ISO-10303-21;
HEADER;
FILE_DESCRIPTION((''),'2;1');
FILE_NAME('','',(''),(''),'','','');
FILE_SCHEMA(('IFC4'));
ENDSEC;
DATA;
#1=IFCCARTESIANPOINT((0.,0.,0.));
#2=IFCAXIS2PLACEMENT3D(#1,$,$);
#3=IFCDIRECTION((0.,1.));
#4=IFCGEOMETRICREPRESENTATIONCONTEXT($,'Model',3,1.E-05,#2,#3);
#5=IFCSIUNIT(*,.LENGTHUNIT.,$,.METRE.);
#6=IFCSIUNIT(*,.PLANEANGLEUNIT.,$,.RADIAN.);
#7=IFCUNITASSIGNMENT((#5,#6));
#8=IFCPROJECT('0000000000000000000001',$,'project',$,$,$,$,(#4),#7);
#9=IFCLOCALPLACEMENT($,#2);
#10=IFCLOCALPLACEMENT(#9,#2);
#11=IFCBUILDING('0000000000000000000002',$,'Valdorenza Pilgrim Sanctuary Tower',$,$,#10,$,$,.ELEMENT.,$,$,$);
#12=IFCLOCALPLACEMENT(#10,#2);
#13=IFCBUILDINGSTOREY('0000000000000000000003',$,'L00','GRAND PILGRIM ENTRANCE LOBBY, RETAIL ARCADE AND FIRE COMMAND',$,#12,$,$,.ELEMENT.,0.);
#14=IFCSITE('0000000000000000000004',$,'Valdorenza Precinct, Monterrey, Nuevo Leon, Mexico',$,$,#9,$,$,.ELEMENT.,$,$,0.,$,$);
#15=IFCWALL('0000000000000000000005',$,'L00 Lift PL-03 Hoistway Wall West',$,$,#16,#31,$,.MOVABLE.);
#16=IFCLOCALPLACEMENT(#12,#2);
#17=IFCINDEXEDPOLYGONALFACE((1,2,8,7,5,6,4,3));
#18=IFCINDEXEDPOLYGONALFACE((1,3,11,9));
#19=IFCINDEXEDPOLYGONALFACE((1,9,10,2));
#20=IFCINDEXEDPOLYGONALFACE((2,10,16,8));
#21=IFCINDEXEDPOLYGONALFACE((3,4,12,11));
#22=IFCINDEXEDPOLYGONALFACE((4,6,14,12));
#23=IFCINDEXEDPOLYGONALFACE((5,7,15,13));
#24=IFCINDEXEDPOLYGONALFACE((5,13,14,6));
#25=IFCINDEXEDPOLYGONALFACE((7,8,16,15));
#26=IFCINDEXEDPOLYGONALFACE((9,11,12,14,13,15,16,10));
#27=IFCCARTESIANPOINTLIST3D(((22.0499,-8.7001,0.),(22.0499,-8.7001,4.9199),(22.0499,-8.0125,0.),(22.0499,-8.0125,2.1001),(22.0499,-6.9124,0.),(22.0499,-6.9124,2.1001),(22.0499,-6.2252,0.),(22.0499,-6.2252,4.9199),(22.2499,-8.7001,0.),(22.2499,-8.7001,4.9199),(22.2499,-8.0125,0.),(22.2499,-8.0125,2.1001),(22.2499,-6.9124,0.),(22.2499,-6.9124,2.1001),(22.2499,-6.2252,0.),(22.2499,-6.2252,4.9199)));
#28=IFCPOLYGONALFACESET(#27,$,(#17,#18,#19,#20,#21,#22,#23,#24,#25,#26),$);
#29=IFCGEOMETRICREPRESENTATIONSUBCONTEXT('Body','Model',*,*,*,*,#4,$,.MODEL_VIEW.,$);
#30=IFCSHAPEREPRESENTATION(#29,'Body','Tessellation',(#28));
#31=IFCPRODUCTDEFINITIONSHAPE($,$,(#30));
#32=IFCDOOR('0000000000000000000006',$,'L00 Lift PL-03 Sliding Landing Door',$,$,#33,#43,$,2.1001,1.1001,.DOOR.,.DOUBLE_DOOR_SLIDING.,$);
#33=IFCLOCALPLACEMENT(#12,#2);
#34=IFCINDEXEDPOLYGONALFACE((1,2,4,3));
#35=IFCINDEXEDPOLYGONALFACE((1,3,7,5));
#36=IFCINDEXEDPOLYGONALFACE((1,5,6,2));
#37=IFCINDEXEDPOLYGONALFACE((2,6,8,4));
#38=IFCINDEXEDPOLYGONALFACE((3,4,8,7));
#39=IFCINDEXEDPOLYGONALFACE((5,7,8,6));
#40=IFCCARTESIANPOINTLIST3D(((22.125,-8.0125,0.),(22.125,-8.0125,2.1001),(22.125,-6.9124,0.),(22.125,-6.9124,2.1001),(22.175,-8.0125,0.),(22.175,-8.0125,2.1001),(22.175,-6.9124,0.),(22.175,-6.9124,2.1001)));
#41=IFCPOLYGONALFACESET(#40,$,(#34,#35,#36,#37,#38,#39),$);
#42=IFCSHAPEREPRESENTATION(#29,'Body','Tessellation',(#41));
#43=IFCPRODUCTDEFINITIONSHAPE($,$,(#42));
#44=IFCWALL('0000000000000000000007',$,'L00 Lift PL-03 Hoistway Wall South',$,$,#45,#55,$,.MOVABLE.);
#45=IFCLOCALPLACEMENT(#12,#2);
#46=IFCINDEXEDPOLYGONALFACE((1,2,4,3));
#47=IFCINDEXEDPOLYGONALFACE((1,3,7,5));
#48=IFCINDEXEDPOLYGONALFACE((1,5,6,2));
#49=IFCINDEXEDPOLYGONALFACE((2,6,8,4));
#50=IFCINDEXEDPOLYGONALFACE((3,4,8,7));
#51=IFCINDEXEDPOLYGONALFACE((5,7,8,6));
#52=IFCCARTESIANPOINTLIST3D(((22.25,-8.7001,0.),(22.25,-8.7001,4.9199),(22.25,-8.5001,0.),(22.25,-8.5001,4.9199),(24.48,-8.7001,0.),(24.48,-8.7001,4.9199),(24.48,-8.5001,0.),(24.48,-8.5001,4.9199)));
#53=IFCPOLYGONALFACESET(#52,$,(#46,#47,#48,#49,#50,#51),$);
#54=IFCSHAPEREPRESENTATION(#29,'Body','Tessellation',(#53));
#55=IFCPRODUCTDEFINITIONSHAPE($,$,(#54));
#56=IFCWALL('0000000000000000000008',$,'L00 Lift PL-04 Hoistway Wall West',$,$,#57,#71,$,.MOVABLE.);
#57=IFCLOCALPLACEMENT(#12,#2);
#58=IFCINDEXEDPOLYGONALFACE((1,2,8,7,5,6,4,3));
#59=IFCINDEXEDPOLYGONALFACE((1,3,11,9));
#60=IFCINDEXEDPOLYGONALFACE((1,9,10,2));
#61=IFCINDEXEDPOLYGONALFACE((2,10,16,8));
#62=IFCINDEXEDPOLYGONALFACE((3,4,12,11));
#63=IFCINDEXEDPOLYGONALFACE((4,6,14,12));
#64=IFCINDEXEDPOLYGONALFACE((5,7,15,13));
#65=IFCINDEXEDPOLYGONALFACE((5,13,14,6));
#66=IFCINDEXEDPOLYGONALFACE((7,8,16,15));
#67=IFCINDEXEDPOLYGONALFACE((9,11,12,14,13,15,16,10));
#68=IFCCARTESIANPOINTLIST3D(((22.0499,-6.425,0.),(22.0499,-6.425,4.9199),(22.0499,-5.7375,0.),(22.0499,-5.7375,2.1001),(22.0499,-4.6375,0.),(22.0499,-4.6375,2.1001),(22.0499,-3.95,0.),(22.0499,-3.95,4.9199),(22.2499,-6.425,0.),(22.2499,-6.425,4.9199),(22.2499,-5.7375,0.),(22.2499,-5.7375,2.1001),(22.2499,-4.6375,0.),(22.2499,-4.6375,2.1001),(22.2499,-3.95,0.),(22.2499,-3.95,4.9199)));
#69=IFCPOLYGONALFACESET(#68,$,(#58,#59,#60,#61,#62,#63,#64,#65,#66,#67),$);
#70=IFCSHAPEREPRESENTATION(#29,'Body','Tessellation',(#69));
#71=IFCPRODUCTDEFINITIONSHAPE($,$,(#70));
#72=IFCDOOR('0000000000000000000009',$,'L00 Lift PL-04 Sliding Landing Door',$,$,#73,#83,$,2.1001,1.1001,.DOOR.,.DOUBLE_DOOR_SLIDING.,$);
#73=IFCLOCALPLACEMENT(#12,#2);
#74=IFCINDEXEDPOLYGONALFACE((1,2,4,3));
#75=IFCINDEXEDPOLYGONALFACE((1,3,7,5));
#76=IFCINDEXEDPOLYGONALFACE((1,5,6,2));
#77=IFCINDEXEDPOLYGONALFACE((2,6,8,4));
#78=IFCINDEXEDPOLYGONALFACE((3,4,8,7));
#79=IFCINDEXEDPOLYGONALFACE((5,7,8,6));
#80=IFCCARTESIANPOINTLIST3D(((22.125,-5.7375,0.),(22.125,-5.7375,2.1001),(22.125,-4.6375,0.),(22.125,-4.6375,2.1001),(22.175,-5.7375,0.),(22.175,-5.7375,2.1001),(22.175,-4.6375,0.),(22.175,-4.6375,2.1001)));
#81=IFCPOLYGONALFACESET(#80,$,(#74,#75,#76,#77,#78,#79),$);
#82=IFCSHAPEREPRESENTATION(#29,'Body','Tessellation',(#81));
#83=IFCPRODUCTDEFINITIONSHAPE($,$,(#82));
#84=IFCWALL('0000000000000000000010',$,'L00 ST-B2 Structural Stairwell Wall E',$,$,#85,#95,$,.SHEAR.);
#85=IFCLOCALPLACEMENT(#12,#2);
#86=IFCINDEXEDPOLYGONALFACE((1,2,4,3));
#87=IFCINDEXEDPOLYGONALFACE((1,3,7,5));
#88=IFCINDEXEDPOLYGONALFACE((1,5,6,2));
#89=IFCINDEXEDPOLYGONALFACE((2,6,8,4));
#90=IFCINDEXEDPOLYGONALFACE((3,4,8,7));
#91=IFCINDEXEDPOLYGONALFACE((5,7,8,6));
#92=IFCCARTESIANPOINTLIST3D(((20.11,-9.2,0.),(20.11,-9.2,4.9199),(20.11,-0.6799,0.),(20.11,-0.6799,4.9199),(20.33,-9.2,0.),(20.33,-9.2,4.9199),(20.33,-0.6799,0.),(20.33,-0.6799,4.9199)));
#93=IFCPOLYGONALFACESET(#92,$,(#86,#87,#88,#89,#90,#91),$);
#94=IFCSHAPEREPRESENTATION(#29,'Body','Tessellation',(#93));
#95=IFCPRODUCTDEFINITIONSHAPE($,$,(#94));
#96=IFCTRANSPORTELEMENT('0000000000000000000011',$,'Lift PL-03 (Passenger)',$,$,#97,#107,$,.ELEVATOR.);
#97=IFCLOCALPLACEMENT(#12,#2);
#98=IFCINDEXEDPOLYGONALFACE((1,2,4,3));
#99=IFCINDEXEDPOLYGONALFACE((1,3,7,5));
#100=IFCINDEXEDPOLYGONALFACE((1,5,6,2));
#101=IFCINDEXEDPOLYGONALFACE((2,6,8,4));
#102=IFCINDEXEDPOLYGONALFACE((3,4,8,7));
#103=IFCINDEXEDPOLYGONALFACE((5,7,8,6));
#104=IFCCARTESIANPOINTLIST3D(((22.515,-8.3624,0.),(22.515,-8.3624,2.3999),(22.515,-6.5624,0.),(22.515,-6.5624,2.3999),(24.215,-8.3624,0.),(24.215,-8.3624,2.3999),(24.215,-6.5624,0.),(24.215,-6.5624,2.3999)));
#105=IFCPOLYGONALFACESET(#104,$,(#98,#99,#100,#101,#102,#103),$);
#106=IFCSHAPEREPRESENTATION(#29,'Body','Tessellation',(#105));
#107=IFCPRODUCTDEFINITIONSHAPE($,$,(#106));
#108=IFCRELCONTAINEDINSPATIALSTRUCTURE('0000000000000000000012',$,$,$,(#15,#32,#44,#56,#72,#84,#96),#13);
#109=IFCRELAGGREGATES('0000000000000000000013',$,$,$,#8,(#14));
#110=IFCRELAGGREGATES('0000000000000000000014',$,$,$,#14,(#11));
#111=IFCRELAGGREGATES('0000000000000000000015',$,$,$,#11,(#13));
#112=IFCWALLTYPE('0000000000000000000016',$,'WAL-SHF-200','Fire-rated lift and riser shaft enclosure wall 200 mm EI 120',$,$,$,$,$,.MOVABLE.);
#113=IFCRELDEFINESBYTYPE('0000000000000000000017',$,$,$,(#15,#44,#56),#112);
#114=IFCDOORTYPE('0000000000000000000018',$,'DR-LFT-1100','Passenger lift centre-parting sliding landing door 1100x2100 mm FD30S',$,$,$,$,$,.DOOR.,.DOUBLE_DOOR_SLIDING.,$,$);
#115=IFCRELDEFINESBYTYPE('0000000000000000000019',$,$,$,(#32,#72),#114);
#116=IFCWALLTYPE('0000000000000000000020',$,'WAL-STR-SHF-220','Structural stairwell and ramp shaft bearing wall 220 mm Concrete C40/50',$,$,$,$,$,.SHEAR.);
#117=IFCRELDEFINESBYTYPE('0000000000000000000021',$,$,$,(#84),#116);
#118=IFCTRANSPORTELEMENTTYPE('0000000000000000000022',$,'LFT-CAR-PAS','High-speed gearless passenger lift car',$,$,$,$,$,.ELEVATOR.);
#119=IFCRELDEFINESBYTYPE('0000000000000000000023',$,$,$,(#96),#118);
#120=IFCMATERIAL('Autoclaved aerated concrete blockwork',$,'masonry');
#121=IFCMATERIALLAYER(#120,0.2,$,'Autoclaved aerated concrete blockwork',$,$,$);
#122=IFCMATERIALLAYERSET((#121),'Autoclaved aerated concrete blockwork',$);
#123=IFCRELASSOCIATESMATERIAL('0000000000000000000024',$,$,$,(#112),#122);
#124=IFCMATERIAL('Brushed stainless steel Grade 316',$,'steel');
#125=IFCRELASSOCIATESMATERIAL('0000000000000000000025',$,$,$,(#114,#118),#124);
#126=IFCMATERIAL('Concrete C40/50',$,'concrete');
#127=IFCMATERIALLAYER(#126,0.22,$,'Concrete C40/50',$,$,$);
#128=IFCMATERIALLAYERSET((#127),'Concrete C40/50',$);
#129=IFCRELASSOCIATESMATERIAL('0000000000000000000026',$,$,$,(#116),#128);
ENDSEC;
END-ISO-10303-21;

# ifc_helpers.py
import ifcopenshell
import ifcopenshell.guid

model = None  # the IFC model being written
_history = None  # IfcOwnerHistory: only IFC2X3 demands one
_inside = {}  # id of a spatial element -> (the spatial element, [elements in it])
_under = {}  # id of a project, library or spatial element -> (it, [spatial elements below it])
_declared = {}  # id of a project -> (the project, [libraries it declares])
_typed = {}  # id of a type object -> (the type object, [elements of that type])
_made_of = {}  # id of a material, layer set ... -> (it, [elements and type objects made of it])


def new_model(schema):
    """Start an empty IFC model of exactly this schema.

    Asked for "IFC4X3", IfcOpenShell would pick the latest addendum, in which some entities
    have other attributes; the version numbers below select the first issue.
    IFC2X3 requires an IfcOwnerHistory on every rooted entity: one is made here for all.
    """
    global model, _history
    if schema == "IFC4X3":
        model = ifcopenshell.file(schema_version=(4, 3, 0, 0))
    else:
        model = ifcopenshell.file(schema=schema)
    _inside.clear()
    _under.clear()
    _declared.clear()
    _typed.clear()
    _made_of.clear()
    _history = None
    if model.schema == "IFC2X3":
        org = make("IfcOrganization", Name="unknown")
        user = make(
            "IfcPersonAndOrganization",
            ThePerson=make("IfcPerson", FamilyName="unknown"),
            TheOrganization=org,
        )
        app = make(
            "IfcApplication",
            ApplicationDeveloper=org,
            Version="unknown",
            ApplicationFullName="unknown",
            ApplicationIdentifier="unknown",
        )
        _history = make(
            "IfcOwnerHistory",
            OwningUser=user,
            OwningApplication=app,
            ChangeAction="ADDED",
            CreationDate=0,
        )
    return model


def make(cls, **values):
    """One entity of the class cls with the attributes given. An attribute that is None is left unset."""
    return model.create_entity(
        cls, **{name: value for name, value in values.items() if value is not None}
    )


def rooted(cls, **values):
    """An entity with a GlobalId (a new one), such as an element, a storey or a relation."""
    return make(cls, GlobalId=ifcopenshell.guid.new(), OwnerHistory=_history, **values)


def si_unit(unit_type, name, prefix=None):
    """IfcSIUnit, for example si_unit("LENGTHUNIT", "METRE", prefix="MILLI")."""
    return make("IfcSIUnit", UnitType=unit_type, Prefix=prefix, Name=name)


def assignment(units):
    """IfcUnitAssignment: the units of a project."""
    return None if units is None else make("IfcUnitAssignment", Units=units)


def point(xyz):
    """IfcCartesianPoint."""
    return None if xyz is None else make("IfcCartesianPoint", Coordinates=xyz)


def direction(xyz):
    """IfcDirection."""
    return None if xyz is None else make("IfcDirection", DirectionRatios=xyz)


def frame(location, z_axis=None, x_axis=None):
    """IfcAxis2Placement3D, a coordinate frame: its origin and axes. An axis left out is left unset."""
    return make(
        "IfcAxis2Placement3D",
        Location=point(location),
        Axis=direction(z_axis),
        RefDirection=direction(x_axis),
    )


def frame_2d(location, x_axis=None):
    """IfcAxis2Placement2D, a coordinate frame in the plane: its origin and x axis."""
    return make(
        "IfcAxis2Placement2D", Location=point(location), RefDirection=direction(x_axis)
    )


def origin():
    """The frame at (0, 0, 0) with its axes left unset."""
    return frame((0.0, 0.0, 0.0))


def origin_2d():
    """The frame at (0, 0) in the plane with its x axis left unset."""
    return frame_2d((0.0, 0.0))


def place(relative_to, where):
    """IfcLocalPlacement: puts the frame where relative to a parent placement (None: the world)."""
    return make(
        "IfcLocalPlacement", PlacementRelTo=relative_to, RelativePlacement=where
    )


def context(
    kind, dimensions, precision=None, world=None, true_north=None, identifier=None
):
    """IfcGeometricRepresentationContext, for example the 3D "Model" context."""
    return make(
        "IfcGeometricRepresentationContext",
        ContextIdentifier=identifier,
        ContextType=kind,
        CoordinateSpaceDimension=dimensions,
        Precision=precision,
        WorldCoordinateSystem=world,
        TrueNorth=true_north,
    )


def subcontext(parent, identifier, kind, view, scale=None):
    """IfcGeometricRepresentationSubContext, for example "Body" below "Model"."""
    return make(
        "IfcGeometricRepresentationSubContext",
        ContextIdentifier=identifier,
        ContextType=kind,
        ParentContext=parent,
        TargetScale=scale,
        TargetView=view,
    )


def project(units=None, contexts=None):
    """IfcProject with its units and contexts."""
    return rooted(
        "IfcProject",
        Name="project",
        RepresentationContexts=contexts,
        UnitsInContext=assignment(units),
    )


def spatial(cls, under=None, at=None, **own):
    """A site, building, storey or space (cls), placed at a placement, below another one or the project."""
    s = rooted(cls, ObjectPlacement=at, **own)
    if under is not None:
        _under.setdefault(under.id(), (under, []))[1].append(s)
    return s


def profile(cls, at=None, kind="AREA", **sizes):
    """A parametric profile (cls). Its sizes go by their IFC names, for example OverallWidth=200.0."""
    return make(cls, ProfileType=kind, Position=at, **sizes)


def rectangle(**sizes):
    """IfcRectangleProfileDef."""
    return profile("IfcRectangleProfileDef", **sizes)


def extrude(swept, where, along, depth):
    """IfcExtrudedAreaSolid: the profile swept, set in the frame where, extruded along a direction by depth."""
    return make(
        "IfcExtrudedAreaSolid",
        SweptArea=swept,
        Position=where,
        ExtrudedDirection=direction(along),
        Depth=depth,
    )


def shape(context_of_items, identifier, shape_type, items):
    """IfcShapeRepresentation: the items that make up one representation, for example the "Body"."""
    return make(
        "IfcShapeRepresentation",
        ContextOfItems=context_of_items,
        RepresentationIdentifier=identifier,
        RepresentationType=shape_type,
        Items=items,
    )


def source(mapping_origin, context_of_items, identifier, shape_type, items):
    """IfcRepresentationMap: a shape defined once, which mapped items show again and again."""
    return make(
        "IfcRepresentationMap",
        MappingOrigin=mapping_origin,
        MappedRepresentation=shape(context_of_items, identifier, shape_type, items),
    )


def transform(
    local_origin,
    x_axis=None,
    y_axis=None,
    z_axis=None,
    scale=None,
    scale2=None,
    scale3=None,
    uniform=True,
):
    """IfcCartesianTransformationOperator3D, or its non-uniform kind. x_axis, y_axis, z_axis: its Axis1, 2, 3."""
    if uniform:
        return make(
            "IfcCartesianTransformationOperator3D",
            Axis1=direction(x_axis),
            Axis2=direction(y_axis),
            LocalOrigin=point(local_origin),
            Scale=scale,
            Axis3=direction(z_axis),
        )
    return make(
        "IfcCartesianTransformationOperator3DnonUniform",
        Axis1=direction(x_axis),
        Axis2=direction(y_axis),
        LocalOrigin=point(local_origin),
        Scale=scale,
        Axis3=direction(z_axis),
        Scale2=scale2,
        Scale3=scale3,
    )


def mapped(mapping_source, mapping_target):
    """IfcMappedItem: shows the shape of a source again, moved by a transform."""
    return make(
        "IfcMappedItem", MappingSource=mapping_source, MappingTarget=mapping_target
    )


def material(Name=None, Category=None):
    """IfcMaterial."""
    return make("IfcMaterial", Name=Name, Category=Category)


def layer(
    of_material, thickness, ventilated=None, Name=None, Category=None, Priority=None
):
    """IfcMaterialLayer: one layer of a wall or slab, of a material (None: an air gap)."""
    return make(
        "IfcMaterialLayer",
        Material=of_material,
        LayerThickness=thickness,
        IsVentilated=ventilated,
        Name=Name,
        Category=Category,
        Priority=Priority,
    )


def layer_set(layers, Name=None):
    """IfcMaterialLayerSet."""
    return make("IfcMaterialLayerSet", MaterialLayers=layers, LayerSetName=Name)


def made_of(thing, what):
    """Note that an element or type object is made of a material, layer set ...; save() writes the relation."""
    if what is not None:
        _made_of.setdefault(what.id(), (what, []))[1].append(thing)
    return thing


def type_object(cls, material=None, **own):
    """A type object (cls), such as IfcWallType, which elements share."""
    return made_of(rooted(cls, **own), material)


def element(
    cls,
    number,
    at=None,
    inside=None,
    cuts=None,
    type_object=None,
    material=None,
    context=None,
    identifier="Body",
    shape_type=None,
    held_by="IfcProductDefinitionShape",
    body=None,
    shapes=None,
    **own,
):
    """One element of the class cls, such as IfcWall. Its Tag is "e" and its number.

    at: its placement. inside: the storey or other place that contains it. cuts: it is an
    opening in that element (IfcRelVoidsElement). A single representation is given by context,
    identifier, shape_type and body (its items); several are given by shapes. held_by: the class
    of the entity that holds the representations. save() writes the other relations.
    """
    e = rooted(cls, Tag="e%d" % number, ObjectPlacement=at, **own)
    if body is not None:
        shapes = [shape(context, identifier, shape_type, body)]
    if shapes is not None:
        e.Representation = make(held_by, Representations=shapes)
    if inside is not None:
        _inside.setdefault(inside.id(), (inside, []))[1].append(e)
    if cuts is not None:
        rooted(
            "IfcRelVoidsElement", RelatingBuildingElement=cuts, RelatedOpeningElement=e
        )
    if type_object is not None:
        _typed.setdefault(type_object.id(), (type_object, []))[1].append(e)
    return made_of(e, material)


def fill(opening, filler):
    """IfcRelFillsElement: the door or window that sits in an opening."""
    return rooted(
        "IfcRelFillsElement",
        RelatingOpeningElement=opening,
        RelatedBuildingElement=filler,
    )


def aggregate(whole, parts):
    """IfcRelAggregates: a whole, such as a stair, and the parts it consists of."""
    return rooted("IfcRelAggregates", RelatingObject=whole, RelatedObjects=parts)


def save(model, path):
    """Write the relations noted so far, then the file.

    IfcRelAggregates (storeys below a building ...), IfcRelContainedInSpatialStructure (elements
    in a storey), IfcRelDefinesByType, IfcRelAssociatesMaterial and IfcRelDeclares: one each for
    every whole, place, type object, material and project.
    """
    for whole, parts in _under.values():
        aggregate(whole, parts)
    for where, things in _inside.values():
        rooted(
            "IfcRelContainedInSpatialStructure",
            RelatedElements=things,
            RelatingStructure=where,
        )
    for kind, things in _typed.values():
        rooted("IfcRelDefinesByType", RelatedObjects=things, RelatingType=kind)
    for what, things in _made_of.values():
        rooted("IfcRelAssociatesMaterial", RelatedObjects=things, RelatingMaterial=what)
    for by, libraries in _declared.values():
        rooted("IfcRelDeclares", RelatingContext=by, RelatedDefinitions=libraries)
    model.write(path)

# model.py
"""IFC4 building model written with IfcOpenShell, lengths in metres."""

from ifc_helpers import new_model, si_unit, direction, frame, frame_2d, origin, origin_2d, place, context, subcontext, project, spatial, rectangle, extrude, source, transform, mapped, material, layer, layer_set, type_object, element, fill, save


model = new_model("IFC4")

# Units and contexts
model_context = context("Model", 3, precision=1e-05, world=origin(), true_north=direction((0.0, 1.0)))
body_context = subcontext(model_context, "Body", "Model", "MODEL_VIEW")
ifc_project = project(units=[si_unit("LENGTHUNIT", "METRE"), si_unit("PLANEANGLEUNIT", "RADIAN")], contexts=[model_context])

# Site, building, storey
site_placement = place(None, origin())
site = spatial("IfcSite", under=ifc_project, at=site_placement, Name="Valdorenza Precinct, Monterrey, Nuevo Leon, Mexico", CompositionType="ELEMENT", RefElevation=0.0)
building_placement = place(site_placement, origin())
building = spatial("IfcBuilding", under=site, at=building_placement, Name="Valdorenza Pilgrim Sanctuary Tower", CompositionType="ELEMENT")
storey_placement = place(building_placement, origin())
storey = spatial("IfcBuildingStorey", under=building, at=storey_placement, Name="L00", Description="GRAND PILGRIM ENTRANCE LOBBY, RETAIL ARCADE AND FIRE COMMAND", CompositionType="ELEMENT", Elevation=0.0)

# Wall, opening, door
ifc_material_1 = material(Name="Autoclaved aerated concrete blockwork", Category="masonry")
ifc_layer_1 = layer(ifc_material_1, 0.2, Name="Autoclaved aerated concrete blockwork")
ifc_layer_set_1 = layer_set([ifc_layer_1], Name="Autoclaved aerated concrete blockwork")
wall_type_1 = type_object("IfcWallType", Name="WAL-SHF-200", Description="Fire-rated lift and riser shaft enclosure wall 200 mm EI 120", PredefinedType="MOVABLE", material=ifc_layer_set_1)
wall_1_placement = place(storey_placement, frame((22.1499, -8.7, 0.0), z_axis=(0.0, 0.0, 1.0), x_axis=(0.0, 1.0, 0.0)))
wall_1 = element("IfcWall", 1, at=wall_1_placement, inside=storey, type_object=wall_type_1, Name="L00 Lift PL-03 Hoistway Wall West", PredefinedType="MOVABLE", context=body_context, shape_type="SweptSolid", body=[
    extrude(rectangle(XDim=2.4749, YDim=0.2, at=frame_2d((1.2373, 0.0))), origin(), (0.0, 0.0, 1.0), 4.9199),
])
opening_1_placement = place(wall_1_placement, frame((0.6875, 0.0, 0.0)))
opening_1 = element("IfcOpeningElement", 2, at=opening_1_placement, cuts=wall_1, PredefinedType="OPENING", context=body_context, shape_type="SweptSolid", body=[
    extrude(rectangle(XDim=1.1001, YDim=2.1001, at=frame_2d((0.55, 1.05))), frame((0.0, 0.1147, 0.0), z_axis=(0.0, -1.0, 0.0), x_axis=(1.0, 0.0, 0.0)), (0.0, 0.0, 1.0), 0.2297),
])
ifc_material_2 = material(Name="Brushed stainless steel Grade 316", Category="steel")
door_type_1 = type_object("IfcDoorType", Name="DR-LFT-1100", Description="Passenger lift centre-parting sliding landing door 1100x2100 mm FD30S", OperationType="DOUBLE_DOOR_SLIDING", PredefinedType="DOOR", material=ifc_material_2)
door_1_placement = place(opening_1_placement, origin())
door_1 = element("IfcDoor", 3, at=door_1_placement, inside=storey, type_object=door_type_1, Name="L00 Lift PL-03 Sliding Landing Door", OperationType="DOUBLE_DOOR_SLIDING", OverallHeight=2.1001, OverallWidth=1.1001, PredefinedType="DOOR", context=body_context, shape_type="SweptSolid", body=[
    extrude(rectangle(XDim=1.1001, YDim=2.1001, at=frame_2d((0.55, 1.05))), frame((0.0, 0.0249, 0.0), z_axis=(0.0, -1.0, 0.0), x_axis=(1.0, 0.0, 0.0)), (0.0, 0.0, 1.0), 0.05),
])
fill(opening_1, door_1)

# Wall
wall_2_placement = place(storey_placement, frame((22.25, -8.6001, 0.0), z_axis=(0.0, 0.0, 1.0), x_axis=(1.0, 0.0, 0.0)))
element("IfcWall", 4, at=wall_2_placement, inside=storey, type_object=wall_type_1, Name="L00 Lift PL-03 Hoistway Wall South", PredefinedType="MOVABLE", context=body_context, shape_type="SweptSolid", body=[
    extrude(rectangle(XDim=2.23, YDim=0.2, at=frame_2d((1.115, 0.0))), origin(), (0.0, 0.0, 1.0), 4.9199),
])

# Wall, opening, door
wall_3_placement = place(storey_placement, frame((22.1499, -6.425, 0.0), z_axis=(0.0, 0.0, 1.0), x_axis=(0.0, 1.0, 0.0)))
wall_3 = element("IfcWall", 5, at=wall_3_placement, inside=storey, type_object=wall_type_1, Name="L00 Lift PL-04 Hoistway Wall West", PredefinedType="MOVABLE", context=body_context, shape_type="SweptSolid", body=[
    extrude(rectangle(XDim=2.4751, YDim=0.2, at=frame_2d((1.2375, 0.0))), origin(), (0.0, 0.0, 1.0), 4.9199),
])
opening_2_placement = place(wall_3_placement, frame((0.6875, 0.0, 0.0)))
opening_2 = element("IfcOpeningElement", 6, at=opening_2_placement, cuts=wall_3, PredefinedType="OPENING", context=body_context, shape_type="SweptSolid", body=[
    extrude(rectangle(XDim=1.1001, YDim=2.1001, at=frame_2d((0.55, 1.05))), frame((0.0, 0.1147, 0.0), z_axis=(0.0, -1.0, 0.0), x_axis=(1.0, 0.0, 0.0)), (0.0, 0.0, 1.0), 0.2297),
])
door_2_placement = place(opening_2_placement, origin())
door_2 = element("IfcDoor", 7, at=door_2_placement, inside=storey, type_object=door_type_1, Name="L00 Lift PL-04 Sliding Landing Door", OperationType="DOUBLE_DOOR_SLIDING", OverallHeight=2.1001, OverallWidth=1.1001, PredefinedType="DOOR", context=body_context, shape_type="SweptSolid", body=[
    extrude(rectangle(XDim=1.1001, YDim=2.1001, at=frame_2d((0.55, 1.05))), frame((0.0, 0.0249, 0.0), z_axis=(0.0, -1.0, 0.0), x_axis=(1.0, 0.0, 0.0)), (0.0, 0.0, 1.0), 0.05),
])
fill(opening_2, door_2)

# Wall
ifc_material_3 = material(Name="Concrete C40/50", Category="concrete")
ifc_layer_2 = layer(ifc_material_3, 0.22, Name="Concrete C40/50")
ifc_layer_set_2 = layer_set([ifc_layer_2], Name="Concrete C40/50")
wall_type_2 = type_object("IfcWallType", Name="WAL-STR-SHF-220", Description="Structural stairwell and ramp shaft bearing wall 220 mm Concrete C40/50", PredefinedType="SHEAR", material=ifc_layer_set_2)
wall_4_placement = place(storey_placement, frame((20.22, -9.2, 0.0), z_axis=(0.0, 0.0, 1.0), x_axis=(0.0, 1.0, 0.0)))
element("IfcWall", 8, at=wall_4_placement, inside=storey, type_object=wall_type_2, Name="L00 ST-B2 Structural Stairwell Wall E", PredefinedType="SHEAR", context=body_context, shape_type="SweptSolid", body=[
    extrude(rectangle(XDim=8.52, YDim=0.22, at=frame_2d((4.26, 0.0))), origin(), (0.0, 0.0, 1.0), 4.9199),
])

# Transport element
transport_element_type = type_object("IfcTransportElementType", Name="LFT-CAR-PAS", Description="High-speed gearless passenger lift car", PredefinedType="ELEVATOR", material=ifc_material_2)
shared_shape_1 = source(origin(), body_context, "Body", "SweptSolid", [
    extrude(rectangle(XDim=1.7, YDim=1.8, at=origin_2d()), origin(), (0.0, 0.0, 1.0), 2.3999),
])
transport_element_placement = place(storey_placement, frame((23.365, -7.4624, 0.0), z_axis=(0.0, 0.0, 1.0), x_axis=(1.0, 0.0, 0.0)))
element("IfcTransportElement", 9, at=transport_element_placement, inside=storey, type_object=transport_element_type, Name="Lift PL-03 (Passenger)", PredefinedType="ELEVATOR", context=body_context, shape_type="MappedRepresentation", body=[
    mapped(shared_shape_1, transform((0.0, 0.0, 0.0), x_axis=(1.0, 0.0, 0.0), y_axis=(0.0, 1.0, 0.0), z_axis=(0.0, 0.0, 1.0), scale=1.0)),
])

save(model, "model.ifc")
